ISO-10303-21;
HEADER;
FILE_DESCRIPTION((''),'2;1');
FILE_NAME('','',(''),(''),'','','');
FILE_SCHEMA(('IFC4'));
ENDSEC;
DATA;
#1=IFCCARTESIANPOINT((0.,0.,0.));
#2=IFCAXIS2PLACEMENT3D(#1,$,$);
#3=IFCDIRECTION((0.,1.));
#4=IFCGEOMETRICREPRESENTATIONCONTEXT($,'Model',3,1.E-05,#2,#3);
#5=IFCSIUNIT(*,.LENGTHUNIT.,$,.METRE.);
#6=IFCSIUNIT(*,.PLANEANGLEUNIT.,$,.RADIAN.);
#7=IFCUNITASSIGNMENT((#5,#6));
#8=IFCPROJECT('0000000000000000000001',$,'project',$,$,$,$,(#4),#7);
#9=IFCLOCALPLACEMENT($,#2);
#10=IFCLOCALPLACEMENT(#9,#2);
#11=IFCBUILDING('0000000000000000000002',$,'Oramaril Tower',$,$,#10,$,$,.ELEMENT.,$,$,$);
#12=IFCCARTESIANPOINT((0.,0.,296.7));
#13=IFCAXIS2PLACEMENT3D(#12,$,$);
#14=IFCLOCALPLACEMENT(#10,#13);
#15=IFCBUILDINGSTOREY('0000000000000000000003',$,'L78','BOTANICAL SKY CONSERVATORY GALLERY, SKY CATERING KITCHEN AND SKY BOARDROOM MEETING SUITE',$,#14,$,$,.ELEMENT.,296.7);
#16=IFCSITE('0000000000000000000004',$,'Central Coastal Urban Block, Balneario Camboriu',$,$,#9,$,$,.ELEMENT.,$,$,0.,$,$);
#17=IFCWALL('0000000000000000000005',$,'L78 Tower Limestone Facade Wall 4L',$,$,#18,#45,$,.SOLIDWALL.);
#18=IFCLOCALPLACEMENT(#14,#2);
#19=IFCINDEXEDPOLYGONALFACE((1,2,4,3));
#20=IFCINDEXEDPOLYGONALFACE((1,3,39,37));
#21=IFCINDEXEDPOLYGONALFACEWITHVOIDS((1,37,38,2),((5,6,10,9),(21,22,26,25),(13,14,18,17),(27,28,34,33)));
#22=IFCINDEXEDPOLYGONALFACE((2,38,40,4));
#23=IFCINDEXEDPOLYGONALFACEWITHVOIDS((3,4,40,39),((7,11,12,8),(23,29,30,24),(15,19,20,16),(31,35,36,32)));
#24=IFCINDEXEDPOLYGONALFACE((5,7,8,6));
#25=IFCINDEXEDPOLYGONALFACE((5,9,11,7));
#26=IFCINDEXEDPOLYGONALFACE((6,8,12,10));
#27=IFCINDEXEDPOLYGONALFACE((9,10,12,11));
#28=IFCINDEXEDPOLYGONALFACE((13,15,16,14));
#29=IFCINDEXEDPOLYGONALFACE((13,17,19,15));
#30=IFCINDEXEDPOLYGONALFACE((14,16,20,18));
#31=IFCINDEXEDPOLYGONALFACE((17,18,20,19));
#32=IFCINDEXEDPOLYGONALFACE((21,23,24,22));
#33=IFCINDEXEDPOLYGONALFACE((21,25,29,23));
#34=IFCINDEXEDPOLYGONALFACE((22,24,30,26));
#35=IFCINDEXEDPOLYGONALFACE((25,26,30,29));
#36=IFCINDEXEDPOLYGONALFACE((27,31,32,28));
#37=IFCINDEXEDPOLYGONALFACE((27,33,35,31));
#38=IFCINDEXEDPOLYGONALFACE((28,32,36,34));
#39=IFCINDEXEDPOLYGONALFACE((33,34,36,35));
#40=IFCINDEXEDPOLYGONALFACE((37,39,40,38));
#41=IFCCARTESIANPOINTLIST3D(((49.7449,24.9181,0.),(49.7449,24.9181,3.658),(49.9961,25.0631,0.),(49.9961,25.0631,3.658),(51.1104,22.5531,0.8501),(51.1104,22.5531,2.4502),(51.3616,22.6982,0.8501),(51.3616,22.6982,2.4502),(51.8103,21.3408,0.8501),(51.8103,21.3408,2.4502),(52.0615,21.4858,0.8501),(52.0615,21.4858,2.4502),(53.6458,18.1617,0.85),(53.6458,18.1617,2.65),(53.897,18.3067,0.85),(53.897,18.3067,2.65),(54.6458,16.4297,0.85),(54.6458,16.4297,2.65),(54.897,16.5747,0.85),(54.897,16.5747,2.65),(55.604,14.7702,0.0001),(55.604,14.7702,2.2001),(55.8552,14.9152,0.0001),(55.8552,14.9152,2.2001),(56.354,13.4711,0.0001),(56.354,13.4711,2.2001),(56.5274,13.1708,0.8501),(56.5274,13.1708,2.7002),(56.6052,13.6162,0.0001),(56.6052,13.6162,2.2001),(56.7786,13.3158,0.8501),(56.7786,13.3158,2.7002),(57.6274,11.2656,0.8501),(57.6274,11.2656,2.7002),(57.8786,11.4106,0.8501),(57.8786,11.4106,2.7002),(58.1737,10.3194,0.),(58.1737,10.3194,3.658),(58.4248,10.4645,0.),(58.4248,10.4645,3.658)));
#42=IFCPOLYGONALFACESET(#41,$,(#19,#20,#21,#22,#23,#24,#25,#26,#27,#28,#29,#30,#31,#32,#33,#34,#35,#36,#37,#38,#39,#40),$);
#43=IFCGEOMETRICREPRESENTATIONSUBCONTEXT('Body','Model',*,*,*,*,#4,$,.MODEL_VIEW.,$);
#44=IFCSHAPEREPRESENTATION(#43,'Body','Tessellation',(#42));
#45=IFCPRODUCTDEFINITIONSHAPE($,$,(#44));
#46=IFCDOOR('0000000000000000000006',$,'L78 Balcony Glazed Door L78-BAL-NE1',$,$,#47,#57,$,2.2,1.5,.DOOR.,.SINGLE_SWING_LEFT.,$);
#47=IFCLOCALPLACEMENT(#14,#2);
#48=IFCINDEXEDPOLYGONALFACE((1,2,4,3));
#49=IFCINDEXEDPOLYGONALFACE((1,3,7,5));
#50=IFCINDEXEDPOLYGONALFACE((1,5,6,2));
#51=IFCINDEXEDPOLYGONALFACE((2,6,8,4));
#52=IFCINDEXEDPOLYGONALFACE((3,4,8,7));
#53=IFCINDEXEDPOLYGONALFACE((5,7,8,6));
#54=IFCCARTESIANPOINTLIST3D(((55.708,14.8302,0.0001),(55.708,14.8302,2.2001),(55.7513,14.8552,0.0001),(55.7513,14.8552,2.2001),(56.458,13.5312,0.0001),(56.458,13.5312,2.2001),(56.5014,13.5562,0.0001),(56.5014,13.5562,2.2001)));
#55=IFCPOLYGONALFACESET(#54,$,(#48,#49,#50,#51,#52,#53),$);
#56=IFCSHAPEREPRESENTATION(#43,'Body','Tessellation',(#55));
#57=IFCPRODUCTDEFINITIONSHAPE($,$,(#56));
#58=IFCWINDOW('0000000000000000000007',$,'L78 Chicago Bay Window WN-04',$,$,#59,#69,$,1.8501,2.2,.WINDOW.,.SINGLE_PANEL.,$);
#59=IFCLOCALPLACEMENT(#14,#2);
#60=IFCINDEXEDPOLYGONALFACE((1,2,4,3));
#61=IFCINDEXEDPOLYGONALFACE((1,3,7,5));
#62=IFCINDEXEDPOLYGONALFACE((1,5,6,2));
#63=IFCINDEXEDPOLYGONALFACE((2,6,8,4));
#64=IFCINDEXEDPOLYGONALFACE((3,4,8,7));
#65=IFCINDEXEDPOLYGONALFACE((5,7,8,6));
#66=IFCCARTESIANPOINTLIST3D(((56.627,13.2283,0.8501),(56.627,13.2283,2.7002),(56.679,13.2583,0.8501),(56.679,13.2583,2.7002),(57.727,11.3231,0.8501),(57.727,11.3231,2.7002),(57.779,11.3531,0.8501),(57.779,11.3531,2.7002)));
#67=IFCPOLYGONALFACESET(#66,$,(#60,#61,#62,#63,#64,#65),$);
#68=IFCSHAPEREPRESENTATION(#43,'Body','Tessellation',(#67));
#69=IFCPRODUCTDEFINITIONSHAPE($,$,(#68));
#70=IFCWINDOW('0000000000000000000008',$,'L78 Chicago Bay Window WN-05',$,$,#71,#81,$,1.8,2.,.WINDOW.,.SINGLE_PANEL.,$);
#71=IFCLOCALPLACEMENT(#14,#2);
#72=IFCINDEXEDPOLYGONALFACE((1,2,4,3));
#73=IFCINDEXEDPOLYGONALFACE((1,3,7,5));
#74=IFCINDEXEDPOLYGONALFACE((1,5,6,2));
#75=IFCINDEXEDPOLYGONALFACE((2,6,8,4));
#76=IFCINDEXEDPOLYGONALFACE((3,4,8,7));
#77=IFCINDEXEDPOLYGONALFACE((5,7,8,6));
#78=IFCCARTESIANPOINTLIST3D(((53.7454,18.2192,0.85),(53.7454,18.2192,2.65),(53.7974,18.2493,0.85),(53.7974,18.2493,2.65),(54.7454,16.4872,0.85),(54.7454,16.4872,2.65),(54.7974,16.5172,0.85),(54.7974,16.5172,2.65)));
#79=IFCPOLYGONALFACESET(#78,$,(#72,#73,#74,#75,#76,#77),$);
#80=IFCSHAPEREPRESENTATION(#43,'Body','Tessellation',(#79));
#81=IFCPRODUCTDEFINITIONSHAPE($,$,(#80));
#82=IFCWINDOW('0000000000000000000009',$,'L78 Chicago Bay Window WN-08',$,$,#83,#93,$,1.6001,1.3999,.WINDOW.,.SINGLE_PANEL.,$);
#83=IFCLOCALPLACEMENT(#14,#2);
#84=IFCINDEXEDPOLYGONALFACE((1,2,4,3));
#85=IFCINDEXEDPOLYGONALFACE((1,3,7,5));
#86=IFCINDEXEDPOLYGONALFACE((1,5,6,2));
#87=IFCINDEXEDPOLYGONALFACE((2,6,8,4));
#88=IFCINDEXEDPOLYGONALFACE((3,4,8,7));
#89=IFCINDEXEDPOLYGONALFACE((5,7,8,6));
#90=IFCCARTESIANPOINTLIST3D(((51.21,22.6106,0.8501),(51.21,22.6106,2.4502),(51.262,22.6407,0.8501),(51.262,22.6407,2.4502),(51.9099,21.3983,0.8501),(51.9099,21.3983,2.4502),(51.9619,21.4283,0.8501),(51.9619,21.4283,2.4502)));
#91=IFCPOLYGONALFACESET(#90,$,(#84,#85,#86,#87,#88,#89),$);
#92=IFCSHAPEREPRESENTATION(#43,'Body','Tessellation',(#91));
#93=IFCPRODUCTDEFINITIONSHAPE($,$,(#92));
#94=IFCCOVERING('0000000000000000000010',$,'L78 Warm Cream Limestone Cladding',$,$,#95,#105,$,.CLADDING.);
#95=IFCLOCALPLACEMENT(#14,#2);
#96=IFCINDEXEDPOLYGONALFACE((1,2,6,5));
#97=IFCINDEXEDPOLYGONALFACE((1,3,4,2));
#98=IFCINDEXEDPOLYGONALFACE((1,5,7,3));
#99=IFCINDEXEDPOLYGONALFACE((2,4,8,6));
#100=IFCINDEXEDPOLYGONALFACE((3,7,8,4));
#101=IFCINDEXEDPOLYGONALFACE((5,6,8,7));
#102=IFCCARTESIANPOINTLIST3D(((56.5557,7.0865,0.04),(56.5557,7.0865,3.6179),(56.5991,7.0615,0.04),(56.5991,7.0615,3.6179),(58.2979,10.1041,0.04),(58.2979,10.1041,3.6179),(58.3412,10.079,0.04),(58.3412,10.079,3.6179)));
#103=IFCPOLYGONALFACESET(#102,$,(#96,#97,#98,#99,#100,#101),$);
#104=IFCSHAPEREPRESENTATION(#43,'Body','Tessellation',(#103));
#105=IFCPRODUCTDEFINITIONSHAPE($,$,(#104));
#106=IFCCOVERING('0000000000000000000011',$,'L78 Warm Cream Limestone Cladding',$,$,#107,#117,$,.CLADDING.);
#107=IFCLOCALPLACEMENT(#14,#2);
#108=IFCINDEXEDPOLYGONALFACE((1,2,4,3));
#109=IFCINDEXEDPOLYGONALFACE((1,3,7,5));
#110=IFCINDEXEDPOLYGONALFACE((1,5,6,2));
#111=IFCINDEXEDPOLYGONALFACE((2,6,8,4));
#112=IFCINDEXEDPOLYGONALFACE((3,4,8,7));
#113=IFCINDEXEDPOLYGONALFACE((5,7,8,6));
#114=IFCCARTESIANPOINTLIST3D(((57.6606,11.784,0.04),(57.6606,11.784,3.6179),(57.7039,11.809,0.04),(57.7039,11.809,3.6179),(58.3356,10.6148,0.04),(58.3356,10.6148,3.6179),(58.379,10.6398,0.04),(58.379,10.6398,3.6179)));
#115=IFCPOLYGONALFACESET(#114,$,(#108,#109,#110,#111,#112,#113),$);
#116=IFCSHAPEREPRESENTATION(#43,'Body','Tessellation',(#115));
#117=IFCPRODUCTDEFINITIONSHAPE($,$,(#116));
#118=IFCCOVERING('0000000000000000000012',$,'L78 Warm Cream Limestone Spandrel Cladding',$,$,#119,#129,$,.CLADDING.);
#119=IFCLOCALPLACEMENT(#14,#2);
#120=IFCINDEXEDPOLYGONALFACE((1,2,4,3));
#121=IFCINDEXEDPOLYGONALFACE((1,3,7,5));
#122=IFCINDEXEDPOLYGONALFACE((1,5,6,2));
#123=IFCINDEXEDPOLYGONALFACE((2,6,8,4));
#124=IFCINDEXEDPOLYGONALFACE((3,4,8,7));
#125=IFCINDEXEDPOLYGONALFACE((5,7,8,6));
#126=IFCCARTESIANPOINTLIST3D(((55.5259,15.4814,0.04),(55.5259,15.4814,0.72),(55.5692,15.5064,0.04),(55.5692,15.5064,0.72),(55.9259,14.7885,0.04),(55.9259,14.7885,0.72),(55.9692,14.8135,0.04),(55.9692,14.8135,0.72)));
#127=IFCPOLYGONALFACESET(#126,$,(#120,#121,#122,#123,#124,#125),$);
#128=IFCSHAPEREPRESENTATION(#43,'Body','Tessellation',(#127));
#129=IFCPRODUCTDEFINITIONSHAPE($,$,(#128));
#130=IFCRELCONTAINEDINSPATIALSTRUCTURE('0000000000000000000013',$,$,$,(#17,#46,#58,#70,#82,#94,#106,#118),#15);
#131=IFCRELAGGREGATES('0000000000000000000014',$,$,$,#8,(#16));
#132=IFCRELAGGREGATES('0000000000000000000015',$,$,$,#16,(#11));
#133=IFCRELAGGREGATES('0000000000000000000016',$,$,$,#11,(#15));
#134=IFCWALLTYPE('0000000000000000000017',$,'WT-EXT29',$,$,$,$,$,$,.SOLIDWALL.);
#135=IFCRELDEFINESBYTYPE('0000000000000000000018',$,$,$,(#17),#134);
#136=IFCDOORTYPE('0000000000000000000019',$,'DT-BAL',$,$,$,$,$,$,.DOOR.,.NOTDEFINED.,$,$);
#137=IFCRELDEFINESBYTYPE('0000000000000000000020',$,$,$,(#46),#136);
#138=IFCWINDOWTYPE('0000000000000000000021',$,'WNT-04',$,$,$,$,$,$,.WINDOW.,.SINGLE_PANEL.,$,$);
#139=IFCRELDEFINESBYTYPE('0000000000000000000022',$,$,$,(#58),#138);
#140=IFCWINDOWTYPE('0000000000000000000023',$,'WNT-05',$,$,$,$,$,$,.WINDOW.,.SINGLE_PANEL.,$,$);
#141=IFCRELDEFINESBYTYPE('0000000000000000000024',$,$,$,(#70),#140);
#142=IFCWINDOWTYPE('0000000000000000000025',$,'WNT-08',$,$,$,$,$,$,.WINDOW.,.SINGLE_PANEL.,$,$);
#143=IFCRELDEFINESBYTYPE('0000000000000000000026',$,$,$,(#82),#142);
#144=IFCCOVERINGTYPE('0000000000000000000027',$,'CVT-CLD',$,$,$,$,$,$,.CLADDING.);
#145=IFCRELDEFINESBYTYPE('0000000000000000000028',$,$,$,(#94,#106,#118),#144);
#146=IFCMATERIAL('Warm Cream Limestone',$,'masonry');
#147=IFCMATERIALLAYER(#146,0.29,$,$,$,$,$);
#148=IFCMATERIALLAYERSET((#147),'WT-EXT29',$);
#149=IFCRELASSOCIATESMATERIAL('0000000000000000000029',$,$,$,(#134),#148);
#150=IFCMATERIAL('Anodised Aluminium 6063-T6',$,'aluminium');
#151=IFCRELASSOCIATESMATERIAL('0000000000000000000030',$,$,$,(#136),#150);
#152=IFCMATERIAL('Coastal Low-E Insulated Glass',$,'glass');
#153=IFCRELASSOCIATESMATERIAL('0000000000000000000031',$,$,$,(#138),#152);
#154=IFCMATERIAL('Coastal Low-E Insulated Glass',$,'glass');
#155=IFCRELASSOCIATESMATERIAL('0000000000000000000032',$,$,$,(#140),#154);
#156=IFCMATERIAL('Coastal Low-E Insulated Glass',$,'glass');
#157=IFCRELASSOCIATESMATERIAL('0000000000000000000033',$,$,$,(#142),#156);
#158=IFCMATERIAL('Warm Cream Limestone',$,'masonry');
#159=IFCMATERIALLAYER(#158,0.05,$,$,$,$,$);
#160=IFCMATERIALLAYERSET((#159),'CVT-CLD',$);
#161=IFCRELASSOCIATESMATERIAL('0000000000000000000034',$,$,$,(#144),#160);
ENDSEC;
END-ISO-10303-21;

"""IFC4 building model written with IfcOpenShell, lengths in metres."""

from ifc_helpers import new_model, si_unit, direction, frame, frame_2d, origin, origin_2d, place, context, subcontext, project, spatial, rectangle, extrude, material, layer, layer_set, type_object, element, fill, save


model = new_model("IFC4")

# Units and contexts
model_context = context("Model", 3, precision=1e-05, world=origin(), true_north=direction((0.0, 1.0)))
body_context = subcontext(model_context, "Body", "Model", "MODEL_VIEW")
ifc_project = project(units=[si_unit("LENGTHUNIT", "METRE"), si_unit("PLANEANGLEUNIT", "RADIAN")], contexts=[model_context])

# Site, building, storey
site_placement = place(None, origin())
site = spatial("IfcSite", under=ifc_project, at=site_placement, Name="Central Coastal Urban Block, Balneario Camboriu", CompositionType="ELEMENT", RefElevation=0.0)
building_placement = place(site_placement, origin())
building = spatial("IfcBuilding", under=site, at=building_placement, Name="Oramaril Tower", CompositionType="ELEMENT")
storey_placement = place(building_placement, frame((0.0, 0.0, 296.7)))
storey = spatial("IfcBuildingStorey", under=building, at=storey_placement, Name="L78", Description="BOTANICAL SKY CONSERVATORY GALLERY, SKY CATERING KITCHEN AND SKY BOARDROOM MEETING SUITE", CompositionType="ELEMENT", Elevation=296.7)

# Shared definitions
ifc_material_1 = material(Name="Warm Cream Limestone", Category="masonry")
ifc_layer_1 = layer(ifc_material_1, 0.29)
ifc_layer_set_1 = layer_set([ifc_layer_1], Name="WT-EXT29")
wall_type = type_object("IfcWallType", Name="WT-EXT29", PredefinedType="SOLIDWALL", material=ifc_layer_set_1)

# Wall, openings, door, windows
wall_1_placement = place(storey_placement, frame((58.2993, 10.3918, 0.0), z_axis=(0.0, 0.0, 1.0), x_axis=(-0.500008, 0.866021, 0.0)))
wall_1 = element("IfcWall", 1, at=wall_1_placement, inside=storey, type_object=wall_type, Name="L78 Tower Limestone Facade Wall 4L", PredefinedType="SOLIDWALL", context=body_context, shape_type="SweptSolid", body=[
    extrude(rectangle(XDim=16.8572, YDim=0.29, at=frame_2d((8.4287, 0.0))), origin(), (0.0, 0.0, 1.0), 3.658),
])
opening_1_placement = place(wall_1_placement, frame((3.6394, 0.0, 0.0)))
opening_1 = element("IfcOpeningElement", 2, at=opening_1_placement, cuts=wall_1, PredefinedType="OPENING", context=body_context, shape_type="SweptSolid", body=[
    extrude(rectangle(XDim=1.5, YDim=2.2, at=frame_2d((0.75, 1.1001))), frame((0.0, 0.145, 0.0), z_axis=(0.0, -1.0, 0.0), x_axis=(1.0, 0.0, 0.0)), (0.0, 0.0, 1.0), 0.29),
])
opening_2_placement = place(wall_1_placement, frame((1.0925, 0.0, 0.8501)))
opening_2 = element("IfcOpeningElement", 3, at=opening_2_placement, cuts=wall_1, PredefinedType="OPENING", context=body_context, shape_type="SweptSolid", body=[
    extrude(rectangle(XDim=2.2, YDim=1.8501, at=frame_2d((1.1001, 0.925))), frame((0.0, 0.145, 0.0), z_axis=(0.0, -1.0, 0.0), x_axis=(1.0, 0.0, 0.0)), (0.0, 0.0, 1.0), 0.29),
])
opening_3_placement = place(wall_1_placement, frame((7.0557, 0.0, 0.8501)))
opening_3 = element("IfcOpeningElement", 4, at=opening_3_placement, cuts=wall_1, PredefinedType="OPENING", context=body_context, shape_type="SweptSolid", body=[
    extrude(rectangle(XDim=2.0, YDim=1.8, at=frame_2d((1.0, 0.8999))), frame((0.0, 0.145, 0.0), z_axis=(0.0, -1.0, 0.0), x_axis=(1.0, 0.0, 0.0)), (0.0, 0.0, 1.0), 0.29),
])
opening_4_placement = place(wall_1_placement, frame((12.7266, 0.0, 0.8501)))
opening_4 = element("IfcOpeningElement", 5, at=opening_4_placement, cuts=wall_1, PredefinedType="OPENING", context=body_context, shape_type="SweptSolid", body=[
    extrude(rectangle(XDim=1.3999, YDim=1.6001, at=frame_2d((0.7, 0.8))), frame((0.0, 0.145, 0.0), z_axis=(0.0, -1.0, 0.0), x_axis=(1.0, 0.0, 0.0)), (0.0, 0.0, 1.0), 0.29),
])
ifc_material_2 = material(Name="Anodised Aluminium 6063-T6", Category="aluminium")
door_type = type_object("IfcDoorType", Name="DT-BAL", OperationType="NOTDEFINED", PredefinedType="DOOR", material=ifc_material_2)
door_placement = place(opening_1_placement, origin())
door = element("IfcDoor", 6, at=door_placement, inside=storey, type_object=door_type, Name="L78 Balcony Glazed Door L78-BAL-NE1", OperationType="SINGLE_SWING_LEFT", OverallHeight=2.2, OverallWidth=1.5, PredefinedType="DOOR", context=body_context, shape_type="SweptSolid", body=[
    extrude(rectangle(XDim=1.5, YDim=2.2, at=frame_2d((0.75, 1.1001))), frame((0.0, 0.0249, 0.0), z_axis=(0.0, -1.0, 0.0), x_axis=(1.0, 0.0, 0.0)), (0.0, 0.0, 1.0), 0.05),
])
fill(opening_1, door)
ifc_material_3 = material(Name="Coastal Low-E Insulated Glass", Category="glass")
window_type_1 = type_object("IfcWindowType", Name="WNT-04", PartitioningType="SINGLE_PANEL", PredefinedType="WINDOW", material=ifc_material_3)
window_1_placement = place(opening_2_placement, origin())
window_1 = element("IfcWindow", 7, at=window_1_placement, inside=storey, type_object=window_type_1, Name="L78 Chicago Bay Window WN-04", OverallHeight=1.8501, OverallWidth=2.2, PartitioningType="SINGLE_PANEL", PredefinedType="WINDOW", context=body_context, shape_type="SweptSolid", body=[
    extrude(rectangle(XDim=2.2, YDim=1.8501, at=frame_2d((1.1001, 0.925))), frame((0.0, 0.03, 0.0), z_axis=(0.0, -1.0, 0.0), x_axis=(1.0, 0.0, 0.0)), (0.0, 0.0, 1.0), 0.0601),
])
fill(opening_2, window_1)
ifc_material_4 = material(Name="Coastal Low-E Insulated Glass", Category="glass")
window_type_2 = type_object("IfcWindowType", Name="WNT-05", PartitioningType="SINGLE_PANEL", PredefinedType="WINDOW", material=ifc_material_4)
window_2_placement = place(opening_3_placement, origin())
window_2 = element("IfcWindow", 8, at=window_2_placement, inside=storey, type_object=window_type_2, Name="L78 Chicago Bay Window WN-05", OverallHeight=1.8, OverallWidth=2.0, PartitioningType="SINGLE_PANEL", PredefinedType="WINDOW", context=body_context, shape_type="SweptSolid", body=[
    extrude(rectangle(XDim=2.0, YDim=1.8, at=frame_2d((1.0, 0.8999))), frame((0.0, 0.03, 0.0), z_axis=(0.0, -1.0, 0.0), x_axis=(1.0, 0.0, 0.0)), (0.0, 0.0, 1.0), 0.0601),
])
fill(opening_3, window_2)
ifc_material_5 = material(Name="Coastal Low-E Insulated Glass", Category="glass")
window_type_3 = type_object("IfcWindowType", Name="WNT-08", PartitioningType="SINGLE_PANEL", PredefinedType="WINDOW", material=ifc_material_5)
window_3_placement = place(opening_4_placement, origin())
window_3 = element("IfcWindow", 9, at=window_3_placement, inside=storey, type_object=window_type_3, Name="L78 Chicago Bay Window WN-08", OverallHeight=1.6001, OverallWidth=1.3999, PartitioningType="SINGLE_PANEL", PredefinedType="WINDOW", context=body_context, shape_type="SweptSolid", body=[
    extrude(rectangle(XDim=1.3999, YDim=1.6001, at=frame_2d((0.7, 0.8))), frame((0.0, 0.03, 0.0), z_axis=(0.0, -1.0, 0.0), x_axis=(1.0, 0.0, 0.0)), (0.0, 0.0, 1.0), 0.0601),
])
fill(opening_4, window_3)

# Coverings
ifc_material_6 = material(Name="Warm Cream Limestone", Category="masonry")
ifc_layer_2 = layer(ifc_material_6, 0.05)
ifc_layer_set_2 = layer_set([ifc_layer_2], Name="CVT-CLD")
covering_type = type_object("IfcCoveringType", Name="CVT-CLD", PredefinedType="CLADDING", material=ifc_layer_set_2)
covering_1_placement = place(storey_placement, frame((57.4485, 8.5828, 0.04), z_axis=(0.0, 0.0, 1.0), x_axis=(0.499991, 0.866031, 0.0)))
element("IfcCovering", 10, at=covering_1_placement, inside=storey, type_object=covering_type, Name="L78 Warm Cream Limestone Cladding", PredefinedType="CLADDING", context=body_context, shape_type="SweptSolid", body=[
    extrude(rectangle(XDim=3.4844, YDim=0.05, at=origin_2d()), origin(), (0.0, 0.0, 1.0), 3.5779),
])
covering_2_placement = place(storey_placement, frame((58.0198, 11.2119, 0.04), z_axis=(0.0, 0.0, 1.0), x_axis=(-0.5, 0.866025, 0.0)))
element("IfcCovering", 11, at=covering_2_placement, inside=storey, type_object=covering_type, Name="L78 Warm Cream Limestone Cladding", PredefinedType="CLADDING", context=body_context, shape_type="SweptSolid", body=[
    extrude(rectangle(XDim=1.3501, YDim=0.05, at=origin_2d()), origin(), (0.0, 0.0, 1.0), 3.5779),
])
covering_3_placement = place(storey_placement, frame((55.7476, 15.1475, 0.04), z_axis=(0.0, 0.0, 1.0), x_axis=(-0.5, 0.866025, 0.0)))
element("IfcCovering", 12, at=covering_3_placement, inside=storey, type_object=covering_type, Name="L78 Warm Cream Limestone Spandrel Cladding", PredefinedType="CLADDING", context=body_context, shape_type="SweptSolid", body=[
    extrude(rectangle(XDim=0.8, YDim=0.05, at=origin_2d()), origin(), (0.0, 0.0, 1.0), 0.6799),
])

save(model, "model.ifc")
